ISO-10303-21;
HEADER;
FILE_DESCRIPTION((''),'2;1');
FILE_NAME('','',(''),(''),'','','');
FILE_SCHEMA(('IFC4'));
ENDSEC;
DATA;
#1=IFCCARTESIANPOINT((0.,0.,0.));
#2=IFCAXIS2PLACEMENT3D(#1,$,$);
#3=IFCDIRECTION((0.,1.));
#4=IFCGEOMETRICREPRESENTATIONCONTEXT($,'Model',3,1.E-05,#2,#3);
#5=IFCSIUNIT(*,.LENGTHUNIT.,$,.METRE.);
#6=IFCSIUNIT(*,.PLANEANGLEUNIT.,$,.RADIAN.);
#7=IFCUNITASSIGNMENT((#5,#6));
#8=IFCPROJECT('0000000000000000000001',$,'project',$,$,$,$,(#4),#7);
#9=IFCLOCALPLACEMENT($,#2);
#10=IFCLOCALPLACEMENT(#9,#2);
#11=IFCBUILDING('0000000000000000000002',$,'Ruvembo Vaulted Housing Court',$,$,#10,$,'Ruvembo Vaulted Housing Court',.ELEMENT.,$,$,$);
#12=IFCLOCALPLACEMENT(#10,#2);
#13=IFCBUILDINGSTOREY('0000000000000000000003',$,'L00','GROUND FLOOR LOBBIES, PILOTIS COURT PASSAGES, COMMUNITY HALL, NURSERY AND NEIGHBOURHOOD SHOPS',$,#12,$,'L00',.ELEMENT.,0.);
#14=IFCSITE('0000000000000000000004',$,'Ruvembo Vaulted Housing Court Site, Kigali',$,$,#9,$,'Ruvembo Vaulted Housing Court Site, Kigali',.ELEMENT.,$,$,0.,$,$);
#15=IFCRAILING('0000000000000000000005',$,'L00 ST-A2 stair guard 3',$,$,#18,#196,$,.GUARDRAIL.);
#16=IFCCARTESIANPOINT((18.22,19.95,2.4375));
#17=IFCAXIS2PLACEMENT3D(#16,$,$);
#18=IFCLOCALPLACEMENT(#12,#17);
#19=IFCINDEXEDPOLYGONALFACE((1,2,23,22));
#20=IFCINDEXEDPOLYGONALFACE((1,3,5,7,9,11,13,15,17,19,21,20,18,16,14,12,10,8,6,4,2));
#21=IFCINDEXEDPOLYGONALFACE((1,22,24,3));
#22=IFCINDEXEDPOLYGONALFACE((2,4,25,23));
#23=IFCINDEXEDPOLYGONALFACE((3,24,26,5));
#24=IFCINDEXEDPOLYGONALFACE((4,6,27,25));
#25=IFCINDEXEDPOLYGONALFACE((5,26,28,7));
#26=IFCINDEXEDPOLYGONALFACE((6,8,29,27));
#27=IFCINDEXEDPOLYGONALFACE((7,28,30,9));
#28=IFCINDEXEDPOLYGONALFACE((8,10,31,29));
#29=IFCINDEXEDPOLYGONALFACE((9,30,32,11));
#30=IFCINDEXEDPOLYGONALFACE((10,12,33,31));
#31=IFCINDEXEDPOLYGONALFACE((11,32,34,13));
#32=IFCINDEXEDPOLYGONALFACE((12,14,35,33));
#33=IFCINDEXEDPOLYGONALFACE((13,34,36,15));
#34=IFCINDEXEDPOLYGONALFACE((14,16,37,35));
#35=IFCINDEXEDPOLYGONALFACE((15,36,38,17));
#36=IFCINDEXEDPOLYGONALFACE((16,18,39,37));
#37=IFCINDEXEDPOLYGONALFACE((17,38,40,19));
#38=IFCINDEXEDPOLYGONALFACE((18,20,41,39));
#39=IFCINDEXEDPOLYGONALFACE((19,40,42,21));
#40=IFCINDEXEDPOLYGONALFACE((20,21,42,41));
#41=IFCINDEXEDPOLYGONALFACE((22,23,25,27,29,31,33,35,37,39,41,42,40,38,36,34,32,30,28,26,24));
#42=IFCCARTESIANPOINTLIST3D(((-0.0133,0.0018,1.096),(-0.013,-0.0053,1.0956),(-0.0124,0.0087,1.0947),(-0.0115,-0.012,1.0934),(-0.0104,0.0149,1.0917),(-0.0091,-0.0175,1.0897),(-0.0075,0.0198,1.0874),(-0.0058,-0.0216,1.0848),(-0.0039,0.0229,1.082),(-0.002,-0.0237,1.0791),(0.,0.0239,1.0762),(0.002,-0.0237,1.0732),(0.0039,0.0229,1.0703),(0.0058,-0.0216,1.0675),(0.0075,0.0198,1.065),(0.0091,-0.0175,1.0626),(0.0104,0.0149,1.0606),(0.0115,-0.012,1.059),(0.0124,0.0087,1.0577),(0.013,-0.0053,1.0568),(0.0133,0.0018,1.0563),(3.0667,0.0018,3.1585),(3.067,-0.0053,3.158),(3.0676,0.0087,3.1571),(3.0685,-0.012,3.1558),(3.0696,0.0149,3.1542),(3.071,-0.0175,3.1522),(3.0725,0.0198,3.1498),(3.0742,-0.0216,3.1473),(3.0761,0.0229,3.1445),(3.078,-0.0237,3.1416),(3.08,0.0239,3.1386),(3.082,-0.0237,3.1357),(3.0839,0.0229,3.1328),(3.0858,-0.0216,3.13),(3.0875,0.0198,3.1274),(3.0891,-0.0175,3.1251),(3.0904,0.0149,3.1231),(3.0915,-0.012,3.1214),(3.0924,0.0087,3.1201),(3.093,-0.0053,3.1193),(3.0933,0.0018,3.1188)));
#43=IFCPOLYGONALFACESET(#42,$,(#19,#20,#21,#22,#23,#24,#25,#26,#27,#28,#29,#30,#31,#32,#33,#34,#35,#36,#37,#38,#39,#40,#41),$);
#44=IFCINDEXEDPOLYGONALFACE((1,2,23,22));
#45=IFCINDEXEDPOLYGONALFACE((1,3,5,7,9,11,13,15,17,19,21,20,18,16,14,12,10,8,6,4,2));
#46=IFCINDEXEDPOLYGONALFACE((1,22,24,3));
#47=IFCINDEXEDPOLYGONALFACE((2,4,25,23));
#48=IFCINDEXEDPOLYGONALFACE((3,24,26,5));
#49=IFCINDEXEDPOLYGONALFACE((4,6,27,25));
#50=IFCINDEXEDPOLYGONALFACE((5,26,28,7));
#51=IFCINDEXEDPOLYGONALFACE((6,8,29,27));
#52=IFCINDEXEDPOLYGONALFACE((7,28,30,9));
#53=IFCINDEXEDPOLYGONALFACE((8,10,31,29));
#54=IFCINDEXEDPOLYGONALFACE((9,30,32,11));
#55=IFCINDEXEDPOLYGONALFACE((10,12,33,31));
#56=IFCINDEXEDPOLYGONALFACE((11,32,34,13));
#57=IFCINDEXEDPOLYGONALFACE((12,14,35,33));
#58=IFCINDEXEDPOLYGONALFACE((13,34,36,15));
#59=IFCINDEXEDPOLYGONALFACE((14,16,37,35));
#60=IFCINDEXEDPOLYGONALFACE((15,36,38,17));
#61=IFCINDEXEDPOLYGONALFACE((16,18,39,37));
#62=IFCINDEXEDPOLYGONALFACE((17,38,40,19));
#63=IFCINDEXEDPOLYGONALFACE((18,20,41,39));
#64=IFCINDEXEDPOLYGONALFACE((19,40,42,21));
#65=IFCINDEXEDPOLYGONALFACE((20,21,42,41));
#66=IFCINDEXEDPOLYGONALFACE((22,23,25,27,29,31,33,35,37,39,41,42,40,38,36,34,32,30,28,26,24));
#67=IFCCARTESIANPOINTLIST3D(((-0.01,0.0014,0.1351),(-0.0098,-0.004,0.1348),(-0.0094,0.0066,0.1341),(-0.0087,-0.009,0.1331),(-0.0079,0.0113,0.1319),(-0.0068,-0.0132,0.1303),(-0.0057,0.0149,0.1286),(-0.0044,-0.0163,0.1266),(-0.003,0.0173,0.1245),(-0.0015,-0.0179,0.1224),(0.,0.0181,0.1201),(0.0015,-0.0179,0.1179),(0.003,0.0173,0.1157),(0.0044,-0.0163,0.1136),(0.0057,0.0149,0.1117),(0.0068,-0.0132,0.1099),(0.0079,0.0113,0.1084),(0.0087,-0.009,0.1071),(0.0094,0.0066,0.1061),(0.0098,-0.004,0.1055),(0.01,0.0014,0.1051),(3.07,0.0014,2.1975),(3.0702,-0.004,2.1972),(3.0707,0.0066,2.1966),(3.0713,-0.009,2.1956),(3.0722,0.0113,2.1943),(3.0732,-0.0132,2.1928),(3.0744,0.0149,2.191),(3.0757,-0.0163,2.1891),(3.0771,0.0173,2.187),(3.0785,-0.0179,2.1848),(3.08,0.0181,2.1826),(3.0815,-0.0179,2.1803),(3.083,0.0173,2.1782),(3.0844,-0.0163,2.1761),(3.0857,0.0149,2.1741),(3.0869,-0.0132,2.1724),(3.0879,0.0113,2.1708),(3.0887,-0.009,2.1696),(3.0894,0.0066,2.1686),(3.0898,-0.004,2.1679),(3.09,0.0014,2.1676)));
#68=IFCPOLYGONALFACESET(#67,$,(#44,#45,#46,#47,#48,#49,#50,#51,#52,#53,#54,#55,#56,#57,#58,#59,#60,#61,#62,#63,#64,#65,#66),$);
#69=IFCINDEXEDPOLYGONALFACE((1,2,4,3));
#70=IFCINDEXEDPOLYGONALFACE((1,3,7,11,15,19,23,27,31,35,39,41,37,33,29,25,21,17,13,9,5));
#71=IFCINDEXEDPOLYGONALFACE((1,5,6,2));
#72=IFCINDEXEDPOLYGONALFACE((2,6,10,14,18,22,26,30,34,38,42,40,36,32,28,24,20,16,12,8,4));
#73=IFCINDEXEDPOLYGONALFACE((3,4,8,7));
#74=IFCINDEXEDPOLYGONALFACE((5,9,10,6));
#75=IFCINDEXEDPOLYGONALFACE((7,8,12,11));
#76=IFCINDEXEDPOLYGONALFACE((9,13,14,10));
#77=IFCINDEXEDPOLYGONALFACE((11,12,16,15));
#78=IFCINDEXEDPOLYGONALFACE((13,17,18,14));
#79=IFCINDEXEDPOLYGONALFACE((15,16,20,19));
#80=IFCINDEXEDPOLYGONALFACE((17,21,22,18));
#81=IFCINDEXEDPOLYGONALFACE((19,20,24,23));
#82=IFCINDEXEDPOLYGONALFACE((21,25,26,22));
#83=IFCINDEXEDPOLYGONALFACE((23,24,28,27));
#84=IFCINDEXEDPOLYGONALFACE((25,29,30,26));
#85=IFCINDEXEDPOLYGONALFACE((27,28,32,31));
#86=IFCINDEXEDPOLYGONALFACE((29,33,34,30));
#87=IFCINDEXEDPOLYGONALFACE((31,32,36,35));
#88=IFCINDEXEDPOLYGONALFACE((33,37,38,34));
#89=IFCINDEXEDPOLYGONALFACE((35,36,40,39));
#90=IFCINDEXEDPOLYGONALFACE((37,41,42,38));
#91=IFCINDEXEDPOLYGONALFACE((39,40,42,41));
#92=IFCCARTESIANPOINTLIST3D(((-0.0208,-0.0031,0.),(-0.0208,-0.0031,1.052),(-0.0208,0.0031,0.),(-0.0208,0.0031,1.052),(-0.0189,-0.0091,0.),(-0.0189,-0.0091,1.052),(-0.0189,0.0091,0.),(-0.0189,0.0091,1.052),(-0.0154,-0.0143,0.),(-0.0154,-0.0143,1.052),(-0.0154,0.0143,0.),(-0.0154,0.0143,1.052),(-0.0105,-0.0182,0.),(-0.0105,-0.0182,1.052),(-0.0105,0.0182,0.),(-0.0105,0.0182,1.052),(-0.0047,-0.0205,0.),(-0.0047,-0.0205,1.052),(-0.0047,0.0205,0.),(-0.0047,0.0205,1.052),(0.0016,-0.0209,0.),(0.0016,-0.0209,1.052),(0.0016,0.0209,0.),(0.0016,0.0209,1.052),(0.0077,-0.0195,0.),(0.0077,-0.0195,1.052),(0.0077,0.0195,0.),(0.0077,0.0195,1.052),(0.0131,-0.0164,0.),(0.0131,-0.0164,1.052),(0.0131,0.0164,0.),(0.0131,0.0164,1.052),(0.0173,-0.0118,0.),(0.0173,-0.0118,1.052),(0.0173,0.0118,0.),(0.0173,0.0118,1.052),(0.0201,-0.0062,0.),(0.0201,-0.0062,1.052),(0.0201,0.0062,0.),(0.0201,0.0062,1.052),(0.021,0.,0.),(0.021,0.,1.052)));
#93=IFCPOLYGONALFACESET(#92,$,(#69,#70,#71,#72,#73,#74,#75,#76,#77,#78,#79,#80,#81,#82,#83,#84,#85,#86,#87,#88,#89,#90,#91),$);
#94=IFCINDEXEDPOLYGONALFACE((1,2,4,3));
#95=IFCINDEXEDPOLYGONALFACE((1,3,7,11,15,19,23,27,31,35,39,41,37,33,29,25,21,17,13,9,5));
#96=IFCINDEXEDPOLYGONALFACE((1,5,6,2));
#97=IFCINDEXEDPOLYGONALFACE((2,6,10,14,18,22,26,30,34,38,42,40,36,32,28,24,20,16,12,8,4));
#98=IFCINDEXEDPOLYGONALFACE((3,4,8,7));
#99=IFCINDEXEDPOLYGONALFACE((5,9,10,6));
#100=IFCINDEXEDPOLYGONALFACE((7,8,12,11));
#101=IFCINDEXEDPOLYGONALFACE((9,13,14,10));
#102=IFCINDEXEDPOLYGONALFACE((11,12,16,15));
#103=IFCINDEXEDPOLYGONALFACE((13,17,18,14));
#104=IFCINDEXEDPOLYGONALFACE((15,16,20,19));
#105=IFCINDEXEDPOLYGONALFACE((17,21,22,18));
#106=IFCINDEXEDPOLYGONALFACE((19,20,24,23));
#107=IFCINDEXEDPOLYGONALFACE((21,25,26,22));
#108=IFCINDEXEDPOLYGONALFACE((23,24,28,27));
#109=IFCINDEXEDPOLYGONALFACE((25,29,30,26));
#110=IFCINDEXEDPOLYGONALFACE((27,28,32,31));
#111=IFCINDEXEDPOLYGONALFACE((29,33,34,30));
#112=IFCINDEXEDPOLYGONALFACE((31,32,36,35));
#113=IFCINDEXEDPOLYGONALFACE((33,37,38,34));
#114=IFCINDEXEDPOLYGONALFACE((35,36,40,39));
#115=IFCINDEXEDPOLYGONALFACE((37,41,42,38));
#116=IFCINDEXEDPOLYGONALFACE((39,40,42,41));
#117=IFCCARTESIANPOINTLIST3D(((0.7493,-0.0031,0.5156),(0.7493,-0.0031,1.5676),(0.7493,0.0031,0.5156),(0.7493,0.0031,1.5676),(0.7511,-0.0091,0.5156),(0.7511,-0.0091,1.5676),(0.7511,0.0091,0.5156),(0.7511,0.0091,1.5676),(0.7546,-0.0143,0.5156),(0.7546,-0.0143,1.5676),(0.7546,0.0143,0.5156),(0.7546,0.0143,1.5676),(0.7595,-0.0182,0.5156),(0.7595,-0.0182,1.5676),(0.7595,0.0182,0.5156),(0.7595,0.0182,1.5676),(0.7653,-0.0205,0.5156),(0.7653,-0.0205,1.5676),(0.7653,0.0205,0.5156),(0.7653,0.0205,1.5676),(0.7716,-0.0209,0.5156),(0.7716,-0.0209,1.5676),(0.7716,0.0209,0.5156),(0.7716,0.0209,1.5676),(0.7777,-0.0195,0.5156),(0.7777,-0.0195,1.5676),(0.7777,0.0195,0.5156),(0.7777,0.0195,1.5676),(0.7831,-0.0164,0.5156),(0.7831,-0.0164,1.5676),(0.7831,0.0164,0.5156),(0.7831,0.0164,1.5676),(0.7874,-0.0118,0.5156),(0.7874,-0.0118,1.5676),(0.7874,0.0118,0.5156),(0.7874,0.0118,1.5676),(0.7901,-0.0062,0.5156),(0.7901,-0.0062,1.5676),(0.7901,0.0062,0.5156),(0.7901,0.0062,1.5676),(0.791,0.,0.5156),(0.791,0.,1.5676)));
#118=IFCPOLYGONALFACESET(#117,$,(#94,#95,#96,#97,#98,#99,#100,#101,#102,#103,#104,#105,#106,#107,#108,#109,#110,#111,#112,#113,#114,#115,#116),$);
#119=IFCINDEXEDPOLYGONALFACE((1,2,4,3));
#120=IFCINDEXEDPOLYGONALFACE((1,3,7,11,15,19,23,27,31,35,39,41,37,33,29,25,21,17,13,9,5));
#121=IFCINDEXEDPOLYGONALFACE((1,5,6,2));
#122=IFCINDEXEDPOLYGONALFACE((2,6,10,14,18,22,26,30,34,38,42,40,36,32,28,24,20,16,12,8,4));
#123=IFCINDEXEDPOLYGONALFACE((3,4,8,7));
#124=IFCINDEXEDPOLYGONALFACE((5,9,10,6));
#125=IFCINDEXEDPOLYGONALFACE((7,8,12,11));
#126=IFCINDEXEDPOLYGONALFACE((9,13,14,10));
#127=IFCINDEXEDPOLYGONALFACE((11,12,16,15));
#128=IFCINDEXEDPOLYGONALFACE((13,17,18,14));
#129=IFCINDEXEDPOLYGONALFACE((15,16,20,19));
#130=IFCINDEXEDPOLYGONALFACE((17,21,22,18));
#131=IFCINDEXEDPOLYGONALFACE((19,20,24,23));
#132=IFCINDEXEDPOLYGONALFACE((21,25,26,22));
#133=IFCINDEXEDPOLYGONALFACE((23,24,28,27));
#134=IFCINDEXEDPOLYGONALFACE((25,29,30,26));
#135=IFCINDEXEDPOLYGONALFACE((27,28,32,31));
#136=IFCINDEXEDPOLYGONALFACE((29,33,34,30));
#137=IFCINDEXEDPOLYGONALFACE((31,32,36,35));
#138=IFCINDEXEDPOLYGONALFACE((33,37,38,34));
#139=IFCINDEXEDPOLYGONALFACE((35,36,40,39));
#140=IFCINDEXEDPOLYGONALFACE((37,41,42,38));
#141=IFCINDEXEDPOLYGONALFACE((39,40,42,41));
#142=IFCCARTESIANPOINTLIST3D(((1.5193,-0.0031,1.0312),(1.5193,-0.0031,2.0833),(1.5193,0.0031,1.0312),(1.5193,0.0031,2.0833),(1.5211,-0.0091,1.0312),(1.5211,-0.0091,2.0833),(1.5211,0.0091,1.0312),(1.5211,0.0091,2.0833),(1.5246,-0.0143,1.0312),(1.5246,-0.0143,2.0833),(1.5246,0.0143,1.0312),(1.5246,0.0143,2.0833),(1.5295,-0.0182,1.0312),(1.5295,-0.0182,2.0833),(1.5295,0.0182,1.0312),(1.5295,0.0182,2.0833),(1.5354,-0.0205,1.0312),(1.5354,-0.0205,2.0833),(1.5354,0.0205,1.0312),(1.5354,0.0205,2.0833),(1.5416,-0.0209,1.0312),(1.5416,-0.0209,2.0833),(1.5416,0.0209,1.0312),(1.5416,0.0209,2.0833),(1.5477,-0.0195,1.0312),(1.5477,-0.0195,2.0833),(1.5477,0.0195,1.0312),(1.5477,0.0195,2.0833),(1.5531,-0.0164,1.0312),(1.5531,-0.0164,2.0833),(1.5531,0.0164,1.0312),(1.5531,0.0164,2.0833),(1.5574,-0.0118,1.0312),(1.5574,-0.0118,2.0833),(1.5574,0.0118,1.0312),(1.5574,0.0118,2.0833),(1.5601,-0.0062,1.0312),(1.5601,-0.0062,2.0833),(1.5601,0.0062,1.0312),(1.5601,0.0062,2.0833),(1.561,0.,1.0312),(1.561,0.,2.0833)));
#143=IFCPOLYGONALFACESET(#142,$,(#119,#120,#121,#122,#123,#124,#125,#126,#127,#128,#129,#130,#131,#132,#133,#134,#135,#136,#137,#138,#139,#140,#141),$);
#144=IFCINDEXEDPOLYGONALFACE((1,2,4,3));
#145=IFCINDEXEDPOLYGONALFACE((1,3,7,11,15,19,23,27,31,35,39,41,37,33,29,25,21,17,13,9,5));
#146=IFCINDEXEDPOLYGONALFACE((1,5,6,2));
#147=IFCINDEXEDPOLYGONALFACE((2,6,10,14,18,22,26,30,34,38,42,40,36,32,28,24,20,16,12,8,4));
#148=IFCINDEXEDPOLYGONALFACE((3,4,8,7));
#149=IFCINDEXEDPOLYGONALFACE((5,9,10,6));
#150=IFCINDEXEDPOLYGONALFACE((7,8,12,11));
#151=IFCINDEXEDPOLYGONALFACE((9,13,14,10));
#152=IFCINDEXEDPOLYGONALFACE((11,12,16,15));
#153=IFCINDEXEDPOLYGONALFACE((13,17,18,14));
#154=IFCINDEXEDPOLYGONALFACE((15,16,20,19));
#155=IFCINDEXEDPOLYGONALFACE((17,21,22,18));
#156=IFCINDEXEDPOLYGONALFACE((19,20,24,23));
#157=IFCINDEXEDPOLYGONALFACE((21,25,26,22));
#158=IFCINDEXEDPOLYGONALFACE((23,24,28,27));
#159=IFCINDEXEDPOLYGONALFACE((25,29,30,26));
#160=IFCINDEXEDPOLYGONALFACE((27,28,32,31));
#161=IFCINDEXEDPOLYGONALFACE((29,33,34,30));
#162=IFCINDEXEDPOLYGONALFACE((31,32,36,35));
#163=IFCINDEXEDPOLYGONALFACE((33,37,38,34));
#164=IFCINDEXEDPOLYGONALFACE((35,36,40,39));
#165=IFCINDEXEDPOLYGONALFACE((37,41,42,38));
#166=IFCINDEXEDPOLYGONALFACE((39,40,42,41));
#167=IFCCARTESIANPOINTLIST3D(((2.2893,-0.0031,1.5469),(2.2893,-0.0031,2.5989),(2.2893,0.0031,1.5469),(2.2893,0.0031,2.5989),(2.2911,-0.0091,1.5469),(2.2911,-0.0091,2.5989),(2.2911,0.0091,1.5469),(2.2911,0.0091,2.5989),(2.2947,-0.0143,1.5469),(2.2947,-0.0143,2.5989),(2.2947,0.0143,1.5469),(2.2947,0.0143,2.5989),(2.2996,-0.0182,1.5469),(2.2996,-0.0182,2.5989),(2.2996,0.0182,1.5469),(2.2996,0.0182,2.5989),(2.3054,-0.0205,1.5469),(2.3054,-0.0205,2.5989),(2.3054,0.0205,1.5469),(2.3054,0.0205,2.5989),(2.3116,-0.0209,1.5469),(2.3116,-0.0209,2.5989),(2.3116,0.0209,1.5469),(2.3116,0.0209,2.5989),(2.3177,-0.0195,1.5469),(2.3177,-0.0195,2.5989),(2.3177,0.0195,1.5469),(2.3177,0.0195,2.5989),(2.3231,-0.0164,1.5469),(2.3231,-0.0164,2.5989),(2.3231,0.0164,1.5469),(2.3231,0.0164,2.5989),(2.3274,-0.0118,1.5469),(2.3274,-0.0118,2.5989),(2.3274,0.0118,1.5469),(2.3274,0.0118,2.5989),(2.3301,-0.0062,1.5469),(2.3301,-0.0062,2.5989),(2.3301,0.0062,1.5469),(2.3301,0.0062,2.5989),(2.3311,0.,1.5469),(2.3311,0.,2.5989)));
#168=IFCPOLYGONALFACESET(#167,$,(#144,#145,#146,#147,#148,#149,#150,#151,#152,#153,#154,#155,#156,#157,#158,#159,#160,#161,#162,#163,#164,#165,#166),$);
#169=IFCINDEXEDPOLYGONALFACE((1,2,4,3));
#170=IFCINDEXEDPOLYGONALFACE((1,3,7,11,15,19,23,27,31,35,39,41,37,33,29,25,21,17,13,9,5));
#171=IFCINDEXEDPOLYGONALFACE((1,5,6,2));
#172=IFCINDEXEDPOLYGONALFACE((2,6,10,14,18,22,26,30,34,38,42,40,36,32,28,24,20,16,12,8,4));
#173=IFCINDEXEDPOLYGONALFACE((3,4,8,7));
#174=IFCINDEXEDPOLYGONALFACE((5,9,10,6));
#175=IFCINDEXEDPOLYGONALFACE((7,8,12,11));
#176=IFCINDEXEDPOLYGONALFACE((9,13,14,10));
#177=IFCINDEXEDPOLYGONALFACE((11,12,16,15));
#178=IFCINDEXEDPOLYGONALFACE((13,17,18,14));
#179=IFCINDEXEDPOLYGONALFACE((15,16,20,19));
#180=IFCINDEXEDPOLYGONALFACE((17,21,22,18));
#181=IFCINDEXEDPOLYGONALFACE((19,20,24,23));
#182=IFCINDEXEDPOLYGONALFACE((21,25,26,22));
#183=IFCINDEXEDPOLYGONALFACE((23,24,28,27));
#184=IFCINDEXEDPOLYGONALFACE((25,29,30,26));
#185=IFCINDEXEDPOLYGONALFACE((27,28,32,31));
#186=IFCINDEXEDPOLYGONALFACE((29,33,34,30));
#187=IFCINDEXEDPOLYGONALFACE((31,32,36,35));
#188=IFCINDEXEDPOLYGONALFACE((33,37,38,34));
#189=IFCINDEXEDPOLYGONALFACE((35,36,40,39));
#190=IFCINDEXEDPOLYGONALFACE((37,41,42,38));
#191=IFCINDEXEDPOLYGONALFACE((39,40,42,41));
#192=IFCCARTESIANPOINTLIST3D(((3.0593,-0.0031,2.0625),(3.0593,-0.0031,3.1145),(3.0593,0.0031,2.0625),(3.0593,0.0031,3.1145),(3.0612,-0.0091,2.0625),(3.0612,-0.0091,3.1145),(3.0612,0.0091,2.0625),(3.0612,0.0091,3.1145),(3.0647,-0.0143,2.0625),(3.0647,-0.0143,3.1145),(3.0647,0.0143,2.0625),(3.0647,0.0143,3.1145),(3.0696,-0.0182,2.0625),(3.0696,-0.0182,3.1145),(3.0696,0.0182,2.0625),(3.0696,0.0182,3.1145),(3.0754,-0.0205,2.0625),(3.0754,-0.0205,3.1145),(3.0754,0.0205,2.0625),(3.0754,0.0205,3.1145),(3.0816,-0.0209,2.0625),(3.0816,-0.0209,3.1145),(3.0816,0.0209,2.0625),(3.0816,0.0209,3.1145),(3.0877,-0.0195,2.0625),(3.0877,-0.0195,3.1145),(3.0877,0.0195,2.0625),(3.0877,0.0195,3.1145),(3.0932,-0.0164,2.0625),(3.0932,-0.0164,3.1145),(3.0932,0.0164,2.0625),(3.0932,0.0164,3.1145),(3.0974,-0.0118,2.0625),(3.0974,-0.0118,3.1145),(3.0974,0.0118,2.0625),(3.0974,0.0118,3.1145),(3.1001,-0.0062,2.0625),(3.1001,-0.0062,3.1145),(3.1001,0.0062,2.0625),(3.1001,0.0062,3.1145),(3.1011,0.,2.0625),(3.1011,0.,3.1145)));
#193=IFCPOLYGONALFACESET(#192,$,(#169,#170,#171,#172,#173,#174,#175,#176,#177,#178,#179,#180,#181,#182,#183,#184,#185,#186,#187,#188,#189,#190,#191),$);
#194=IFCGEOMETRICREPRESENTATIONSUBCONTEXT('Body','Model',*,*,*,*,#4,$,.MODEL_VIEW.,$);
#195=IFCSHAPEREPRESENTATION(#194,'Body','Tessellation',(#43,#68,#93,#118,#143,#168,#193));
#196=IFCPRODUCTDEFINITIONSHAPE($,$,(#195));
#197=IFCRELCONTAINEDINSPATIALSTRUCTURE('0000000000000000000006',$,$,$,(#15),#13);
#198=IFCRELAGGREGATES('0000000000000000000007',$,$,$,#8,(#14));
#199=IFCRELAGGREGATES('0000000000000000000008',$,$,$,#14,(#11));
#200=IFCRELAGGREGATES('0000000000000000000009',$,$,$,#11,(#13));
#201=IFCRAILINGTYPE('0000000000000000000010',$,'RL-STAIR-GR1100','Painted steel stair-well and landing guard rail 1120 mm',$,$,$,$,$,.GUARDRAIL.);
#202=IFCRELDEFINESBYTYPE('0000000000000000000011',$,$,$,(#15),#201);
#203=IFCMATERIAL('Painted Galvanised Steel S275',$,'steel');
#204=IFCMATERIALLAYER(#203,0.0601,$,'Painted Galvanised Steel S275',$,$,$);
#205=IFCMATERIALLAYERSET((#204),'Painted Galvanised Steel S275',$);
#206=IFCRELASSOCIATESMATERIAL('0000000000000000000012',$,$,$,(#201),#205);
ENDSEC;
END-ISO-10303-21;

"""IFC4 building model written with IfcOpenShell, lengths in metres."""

from ifc_helpers import new_model, si_unit, direction, frame, origin, origin_2d, place, context, subcontext, project, spatial, circle, extrude, material, layer, layer_set, type_object, element, save


model = new_model("IFC4")

# Units and contexts
model_context = context("Model", 3, precision=1e-05, world=origin(), true_north=direction((0.0, 1.0)))
body_context = subcontext(model_context, "Body", "Model", "MODEL_VIEW")
ifc_project = project(units=[si_unit("LENGTHUNIT", "METRE"), si_unit("PLANEANGLEUNIT", "RADIAN")], contexts=[model_context])

# Site, building, storey
site_placement = place(None, origin())
site = spatial("IfcSite", under=ifc_project, at=site_placement, Name="Ruvembo Vaulted Housing Court Site, Kigali", LongName="Ruvembo Vaulted Housing Court Site, Kigali", CompositionType="ELEMENT", RefElevation=0.0)
building_placement = place(site_placement, origin())
building = spatial("IfcBuilding", under=site, at=building_placement, Name="Ruvembo Vaulted Housing Court", LongName="Ruvembo Vaulted Housing Court", CompositionType="ELEMENT")
storey_placement = place(building_placement, origin())
storey = spatial("IfcBuildingStorey", under=building, at=storey_placement, Name="L00", Description="GROUND FLOOR LOBBIES, PILOTIS COURT PASSAGES, COMMUNITY HALL, NURSERY AND NEIGHBOURHOOD SHOPS", LongName="L00", CompositionType="ELEMENT", Elevation=0.0)

# Railing
ifc_material_1 = material(Name="Painted Galvanised Steel S275", Category="steel")
ifc_layer_1 = layer(ifc_material_1, 0.0601, Name="Painted Galvanised Steel S275")
ifc_layer_set_1 = layer_set([ifc_layer_1], Name="Painted Galvanised Steel S275")
railing_type_1 = type_object("IfcRailingType", Name="RL-STAIR-GR1100", Description="Painted steel stair-well and landing guard rail 1120 mm", PredefinedType="GUARDRAIL", material=ifc_layer_set_1)
railing_1_placement = place(storey_placement, frame((18.22, 19.95, 2.4375)))
element("IfcRailing", 1, at=railing_1_placement, inside=storey, type_object=railing_type_1, Name="L00 ST-A2 stair guard 3", PredefinedType="GUARDRAIL", context=body_context, shape_type="SweptSolid", body=[
    extrude(circle(Radius=0.0239, at=origin_2d()), frame((0.0, 0.0, 1.0762), z_axis=(0.830914, 0.0, 0.556401), x_axis=(0.0, 1.0, 0.0)), (0.0, 0.0, 1.0), 3.7068),
    extrude(circle(Radius=0.0181, at=origin_2d()), frame((0.0, 0.0, 0.1201), z_axis=(0.830914, 0.0, 0.556401), x_axis=(0.0, 1.0, 0.0)), (0.0, 0.0, 1.0), 3.7068),
    extrude(circle(Radius=0.021, at=origin_2d()), origin(), (0.0, 0.0, 1.0), 1.052),
    extrude(circle(Radius=0.021, at=origin_2d()), frame((0.77, 0.0, 0.5156)), (0.0, 0.0, 1.0), 1.052),
    extrude(circle(Radius=0.021, at=origin_2d()), frame((1.54, 0.0, 1.0312)), (0.0, 0.0, 1.0), 1.052),
    extrude(circle(Radius=0.021, at=origin_2d()), frame((2.3101, 0.0, 1.5469)), (0.0, 0.0, 1.0), 1.052),
    extrude(circle(Radius=0.021, at=origin_2d()), frame((3.0801, 0.0, 2.0625)), (0.0, 0.0, 1.0), 1.052),
])

save(model, "model.ifc")
